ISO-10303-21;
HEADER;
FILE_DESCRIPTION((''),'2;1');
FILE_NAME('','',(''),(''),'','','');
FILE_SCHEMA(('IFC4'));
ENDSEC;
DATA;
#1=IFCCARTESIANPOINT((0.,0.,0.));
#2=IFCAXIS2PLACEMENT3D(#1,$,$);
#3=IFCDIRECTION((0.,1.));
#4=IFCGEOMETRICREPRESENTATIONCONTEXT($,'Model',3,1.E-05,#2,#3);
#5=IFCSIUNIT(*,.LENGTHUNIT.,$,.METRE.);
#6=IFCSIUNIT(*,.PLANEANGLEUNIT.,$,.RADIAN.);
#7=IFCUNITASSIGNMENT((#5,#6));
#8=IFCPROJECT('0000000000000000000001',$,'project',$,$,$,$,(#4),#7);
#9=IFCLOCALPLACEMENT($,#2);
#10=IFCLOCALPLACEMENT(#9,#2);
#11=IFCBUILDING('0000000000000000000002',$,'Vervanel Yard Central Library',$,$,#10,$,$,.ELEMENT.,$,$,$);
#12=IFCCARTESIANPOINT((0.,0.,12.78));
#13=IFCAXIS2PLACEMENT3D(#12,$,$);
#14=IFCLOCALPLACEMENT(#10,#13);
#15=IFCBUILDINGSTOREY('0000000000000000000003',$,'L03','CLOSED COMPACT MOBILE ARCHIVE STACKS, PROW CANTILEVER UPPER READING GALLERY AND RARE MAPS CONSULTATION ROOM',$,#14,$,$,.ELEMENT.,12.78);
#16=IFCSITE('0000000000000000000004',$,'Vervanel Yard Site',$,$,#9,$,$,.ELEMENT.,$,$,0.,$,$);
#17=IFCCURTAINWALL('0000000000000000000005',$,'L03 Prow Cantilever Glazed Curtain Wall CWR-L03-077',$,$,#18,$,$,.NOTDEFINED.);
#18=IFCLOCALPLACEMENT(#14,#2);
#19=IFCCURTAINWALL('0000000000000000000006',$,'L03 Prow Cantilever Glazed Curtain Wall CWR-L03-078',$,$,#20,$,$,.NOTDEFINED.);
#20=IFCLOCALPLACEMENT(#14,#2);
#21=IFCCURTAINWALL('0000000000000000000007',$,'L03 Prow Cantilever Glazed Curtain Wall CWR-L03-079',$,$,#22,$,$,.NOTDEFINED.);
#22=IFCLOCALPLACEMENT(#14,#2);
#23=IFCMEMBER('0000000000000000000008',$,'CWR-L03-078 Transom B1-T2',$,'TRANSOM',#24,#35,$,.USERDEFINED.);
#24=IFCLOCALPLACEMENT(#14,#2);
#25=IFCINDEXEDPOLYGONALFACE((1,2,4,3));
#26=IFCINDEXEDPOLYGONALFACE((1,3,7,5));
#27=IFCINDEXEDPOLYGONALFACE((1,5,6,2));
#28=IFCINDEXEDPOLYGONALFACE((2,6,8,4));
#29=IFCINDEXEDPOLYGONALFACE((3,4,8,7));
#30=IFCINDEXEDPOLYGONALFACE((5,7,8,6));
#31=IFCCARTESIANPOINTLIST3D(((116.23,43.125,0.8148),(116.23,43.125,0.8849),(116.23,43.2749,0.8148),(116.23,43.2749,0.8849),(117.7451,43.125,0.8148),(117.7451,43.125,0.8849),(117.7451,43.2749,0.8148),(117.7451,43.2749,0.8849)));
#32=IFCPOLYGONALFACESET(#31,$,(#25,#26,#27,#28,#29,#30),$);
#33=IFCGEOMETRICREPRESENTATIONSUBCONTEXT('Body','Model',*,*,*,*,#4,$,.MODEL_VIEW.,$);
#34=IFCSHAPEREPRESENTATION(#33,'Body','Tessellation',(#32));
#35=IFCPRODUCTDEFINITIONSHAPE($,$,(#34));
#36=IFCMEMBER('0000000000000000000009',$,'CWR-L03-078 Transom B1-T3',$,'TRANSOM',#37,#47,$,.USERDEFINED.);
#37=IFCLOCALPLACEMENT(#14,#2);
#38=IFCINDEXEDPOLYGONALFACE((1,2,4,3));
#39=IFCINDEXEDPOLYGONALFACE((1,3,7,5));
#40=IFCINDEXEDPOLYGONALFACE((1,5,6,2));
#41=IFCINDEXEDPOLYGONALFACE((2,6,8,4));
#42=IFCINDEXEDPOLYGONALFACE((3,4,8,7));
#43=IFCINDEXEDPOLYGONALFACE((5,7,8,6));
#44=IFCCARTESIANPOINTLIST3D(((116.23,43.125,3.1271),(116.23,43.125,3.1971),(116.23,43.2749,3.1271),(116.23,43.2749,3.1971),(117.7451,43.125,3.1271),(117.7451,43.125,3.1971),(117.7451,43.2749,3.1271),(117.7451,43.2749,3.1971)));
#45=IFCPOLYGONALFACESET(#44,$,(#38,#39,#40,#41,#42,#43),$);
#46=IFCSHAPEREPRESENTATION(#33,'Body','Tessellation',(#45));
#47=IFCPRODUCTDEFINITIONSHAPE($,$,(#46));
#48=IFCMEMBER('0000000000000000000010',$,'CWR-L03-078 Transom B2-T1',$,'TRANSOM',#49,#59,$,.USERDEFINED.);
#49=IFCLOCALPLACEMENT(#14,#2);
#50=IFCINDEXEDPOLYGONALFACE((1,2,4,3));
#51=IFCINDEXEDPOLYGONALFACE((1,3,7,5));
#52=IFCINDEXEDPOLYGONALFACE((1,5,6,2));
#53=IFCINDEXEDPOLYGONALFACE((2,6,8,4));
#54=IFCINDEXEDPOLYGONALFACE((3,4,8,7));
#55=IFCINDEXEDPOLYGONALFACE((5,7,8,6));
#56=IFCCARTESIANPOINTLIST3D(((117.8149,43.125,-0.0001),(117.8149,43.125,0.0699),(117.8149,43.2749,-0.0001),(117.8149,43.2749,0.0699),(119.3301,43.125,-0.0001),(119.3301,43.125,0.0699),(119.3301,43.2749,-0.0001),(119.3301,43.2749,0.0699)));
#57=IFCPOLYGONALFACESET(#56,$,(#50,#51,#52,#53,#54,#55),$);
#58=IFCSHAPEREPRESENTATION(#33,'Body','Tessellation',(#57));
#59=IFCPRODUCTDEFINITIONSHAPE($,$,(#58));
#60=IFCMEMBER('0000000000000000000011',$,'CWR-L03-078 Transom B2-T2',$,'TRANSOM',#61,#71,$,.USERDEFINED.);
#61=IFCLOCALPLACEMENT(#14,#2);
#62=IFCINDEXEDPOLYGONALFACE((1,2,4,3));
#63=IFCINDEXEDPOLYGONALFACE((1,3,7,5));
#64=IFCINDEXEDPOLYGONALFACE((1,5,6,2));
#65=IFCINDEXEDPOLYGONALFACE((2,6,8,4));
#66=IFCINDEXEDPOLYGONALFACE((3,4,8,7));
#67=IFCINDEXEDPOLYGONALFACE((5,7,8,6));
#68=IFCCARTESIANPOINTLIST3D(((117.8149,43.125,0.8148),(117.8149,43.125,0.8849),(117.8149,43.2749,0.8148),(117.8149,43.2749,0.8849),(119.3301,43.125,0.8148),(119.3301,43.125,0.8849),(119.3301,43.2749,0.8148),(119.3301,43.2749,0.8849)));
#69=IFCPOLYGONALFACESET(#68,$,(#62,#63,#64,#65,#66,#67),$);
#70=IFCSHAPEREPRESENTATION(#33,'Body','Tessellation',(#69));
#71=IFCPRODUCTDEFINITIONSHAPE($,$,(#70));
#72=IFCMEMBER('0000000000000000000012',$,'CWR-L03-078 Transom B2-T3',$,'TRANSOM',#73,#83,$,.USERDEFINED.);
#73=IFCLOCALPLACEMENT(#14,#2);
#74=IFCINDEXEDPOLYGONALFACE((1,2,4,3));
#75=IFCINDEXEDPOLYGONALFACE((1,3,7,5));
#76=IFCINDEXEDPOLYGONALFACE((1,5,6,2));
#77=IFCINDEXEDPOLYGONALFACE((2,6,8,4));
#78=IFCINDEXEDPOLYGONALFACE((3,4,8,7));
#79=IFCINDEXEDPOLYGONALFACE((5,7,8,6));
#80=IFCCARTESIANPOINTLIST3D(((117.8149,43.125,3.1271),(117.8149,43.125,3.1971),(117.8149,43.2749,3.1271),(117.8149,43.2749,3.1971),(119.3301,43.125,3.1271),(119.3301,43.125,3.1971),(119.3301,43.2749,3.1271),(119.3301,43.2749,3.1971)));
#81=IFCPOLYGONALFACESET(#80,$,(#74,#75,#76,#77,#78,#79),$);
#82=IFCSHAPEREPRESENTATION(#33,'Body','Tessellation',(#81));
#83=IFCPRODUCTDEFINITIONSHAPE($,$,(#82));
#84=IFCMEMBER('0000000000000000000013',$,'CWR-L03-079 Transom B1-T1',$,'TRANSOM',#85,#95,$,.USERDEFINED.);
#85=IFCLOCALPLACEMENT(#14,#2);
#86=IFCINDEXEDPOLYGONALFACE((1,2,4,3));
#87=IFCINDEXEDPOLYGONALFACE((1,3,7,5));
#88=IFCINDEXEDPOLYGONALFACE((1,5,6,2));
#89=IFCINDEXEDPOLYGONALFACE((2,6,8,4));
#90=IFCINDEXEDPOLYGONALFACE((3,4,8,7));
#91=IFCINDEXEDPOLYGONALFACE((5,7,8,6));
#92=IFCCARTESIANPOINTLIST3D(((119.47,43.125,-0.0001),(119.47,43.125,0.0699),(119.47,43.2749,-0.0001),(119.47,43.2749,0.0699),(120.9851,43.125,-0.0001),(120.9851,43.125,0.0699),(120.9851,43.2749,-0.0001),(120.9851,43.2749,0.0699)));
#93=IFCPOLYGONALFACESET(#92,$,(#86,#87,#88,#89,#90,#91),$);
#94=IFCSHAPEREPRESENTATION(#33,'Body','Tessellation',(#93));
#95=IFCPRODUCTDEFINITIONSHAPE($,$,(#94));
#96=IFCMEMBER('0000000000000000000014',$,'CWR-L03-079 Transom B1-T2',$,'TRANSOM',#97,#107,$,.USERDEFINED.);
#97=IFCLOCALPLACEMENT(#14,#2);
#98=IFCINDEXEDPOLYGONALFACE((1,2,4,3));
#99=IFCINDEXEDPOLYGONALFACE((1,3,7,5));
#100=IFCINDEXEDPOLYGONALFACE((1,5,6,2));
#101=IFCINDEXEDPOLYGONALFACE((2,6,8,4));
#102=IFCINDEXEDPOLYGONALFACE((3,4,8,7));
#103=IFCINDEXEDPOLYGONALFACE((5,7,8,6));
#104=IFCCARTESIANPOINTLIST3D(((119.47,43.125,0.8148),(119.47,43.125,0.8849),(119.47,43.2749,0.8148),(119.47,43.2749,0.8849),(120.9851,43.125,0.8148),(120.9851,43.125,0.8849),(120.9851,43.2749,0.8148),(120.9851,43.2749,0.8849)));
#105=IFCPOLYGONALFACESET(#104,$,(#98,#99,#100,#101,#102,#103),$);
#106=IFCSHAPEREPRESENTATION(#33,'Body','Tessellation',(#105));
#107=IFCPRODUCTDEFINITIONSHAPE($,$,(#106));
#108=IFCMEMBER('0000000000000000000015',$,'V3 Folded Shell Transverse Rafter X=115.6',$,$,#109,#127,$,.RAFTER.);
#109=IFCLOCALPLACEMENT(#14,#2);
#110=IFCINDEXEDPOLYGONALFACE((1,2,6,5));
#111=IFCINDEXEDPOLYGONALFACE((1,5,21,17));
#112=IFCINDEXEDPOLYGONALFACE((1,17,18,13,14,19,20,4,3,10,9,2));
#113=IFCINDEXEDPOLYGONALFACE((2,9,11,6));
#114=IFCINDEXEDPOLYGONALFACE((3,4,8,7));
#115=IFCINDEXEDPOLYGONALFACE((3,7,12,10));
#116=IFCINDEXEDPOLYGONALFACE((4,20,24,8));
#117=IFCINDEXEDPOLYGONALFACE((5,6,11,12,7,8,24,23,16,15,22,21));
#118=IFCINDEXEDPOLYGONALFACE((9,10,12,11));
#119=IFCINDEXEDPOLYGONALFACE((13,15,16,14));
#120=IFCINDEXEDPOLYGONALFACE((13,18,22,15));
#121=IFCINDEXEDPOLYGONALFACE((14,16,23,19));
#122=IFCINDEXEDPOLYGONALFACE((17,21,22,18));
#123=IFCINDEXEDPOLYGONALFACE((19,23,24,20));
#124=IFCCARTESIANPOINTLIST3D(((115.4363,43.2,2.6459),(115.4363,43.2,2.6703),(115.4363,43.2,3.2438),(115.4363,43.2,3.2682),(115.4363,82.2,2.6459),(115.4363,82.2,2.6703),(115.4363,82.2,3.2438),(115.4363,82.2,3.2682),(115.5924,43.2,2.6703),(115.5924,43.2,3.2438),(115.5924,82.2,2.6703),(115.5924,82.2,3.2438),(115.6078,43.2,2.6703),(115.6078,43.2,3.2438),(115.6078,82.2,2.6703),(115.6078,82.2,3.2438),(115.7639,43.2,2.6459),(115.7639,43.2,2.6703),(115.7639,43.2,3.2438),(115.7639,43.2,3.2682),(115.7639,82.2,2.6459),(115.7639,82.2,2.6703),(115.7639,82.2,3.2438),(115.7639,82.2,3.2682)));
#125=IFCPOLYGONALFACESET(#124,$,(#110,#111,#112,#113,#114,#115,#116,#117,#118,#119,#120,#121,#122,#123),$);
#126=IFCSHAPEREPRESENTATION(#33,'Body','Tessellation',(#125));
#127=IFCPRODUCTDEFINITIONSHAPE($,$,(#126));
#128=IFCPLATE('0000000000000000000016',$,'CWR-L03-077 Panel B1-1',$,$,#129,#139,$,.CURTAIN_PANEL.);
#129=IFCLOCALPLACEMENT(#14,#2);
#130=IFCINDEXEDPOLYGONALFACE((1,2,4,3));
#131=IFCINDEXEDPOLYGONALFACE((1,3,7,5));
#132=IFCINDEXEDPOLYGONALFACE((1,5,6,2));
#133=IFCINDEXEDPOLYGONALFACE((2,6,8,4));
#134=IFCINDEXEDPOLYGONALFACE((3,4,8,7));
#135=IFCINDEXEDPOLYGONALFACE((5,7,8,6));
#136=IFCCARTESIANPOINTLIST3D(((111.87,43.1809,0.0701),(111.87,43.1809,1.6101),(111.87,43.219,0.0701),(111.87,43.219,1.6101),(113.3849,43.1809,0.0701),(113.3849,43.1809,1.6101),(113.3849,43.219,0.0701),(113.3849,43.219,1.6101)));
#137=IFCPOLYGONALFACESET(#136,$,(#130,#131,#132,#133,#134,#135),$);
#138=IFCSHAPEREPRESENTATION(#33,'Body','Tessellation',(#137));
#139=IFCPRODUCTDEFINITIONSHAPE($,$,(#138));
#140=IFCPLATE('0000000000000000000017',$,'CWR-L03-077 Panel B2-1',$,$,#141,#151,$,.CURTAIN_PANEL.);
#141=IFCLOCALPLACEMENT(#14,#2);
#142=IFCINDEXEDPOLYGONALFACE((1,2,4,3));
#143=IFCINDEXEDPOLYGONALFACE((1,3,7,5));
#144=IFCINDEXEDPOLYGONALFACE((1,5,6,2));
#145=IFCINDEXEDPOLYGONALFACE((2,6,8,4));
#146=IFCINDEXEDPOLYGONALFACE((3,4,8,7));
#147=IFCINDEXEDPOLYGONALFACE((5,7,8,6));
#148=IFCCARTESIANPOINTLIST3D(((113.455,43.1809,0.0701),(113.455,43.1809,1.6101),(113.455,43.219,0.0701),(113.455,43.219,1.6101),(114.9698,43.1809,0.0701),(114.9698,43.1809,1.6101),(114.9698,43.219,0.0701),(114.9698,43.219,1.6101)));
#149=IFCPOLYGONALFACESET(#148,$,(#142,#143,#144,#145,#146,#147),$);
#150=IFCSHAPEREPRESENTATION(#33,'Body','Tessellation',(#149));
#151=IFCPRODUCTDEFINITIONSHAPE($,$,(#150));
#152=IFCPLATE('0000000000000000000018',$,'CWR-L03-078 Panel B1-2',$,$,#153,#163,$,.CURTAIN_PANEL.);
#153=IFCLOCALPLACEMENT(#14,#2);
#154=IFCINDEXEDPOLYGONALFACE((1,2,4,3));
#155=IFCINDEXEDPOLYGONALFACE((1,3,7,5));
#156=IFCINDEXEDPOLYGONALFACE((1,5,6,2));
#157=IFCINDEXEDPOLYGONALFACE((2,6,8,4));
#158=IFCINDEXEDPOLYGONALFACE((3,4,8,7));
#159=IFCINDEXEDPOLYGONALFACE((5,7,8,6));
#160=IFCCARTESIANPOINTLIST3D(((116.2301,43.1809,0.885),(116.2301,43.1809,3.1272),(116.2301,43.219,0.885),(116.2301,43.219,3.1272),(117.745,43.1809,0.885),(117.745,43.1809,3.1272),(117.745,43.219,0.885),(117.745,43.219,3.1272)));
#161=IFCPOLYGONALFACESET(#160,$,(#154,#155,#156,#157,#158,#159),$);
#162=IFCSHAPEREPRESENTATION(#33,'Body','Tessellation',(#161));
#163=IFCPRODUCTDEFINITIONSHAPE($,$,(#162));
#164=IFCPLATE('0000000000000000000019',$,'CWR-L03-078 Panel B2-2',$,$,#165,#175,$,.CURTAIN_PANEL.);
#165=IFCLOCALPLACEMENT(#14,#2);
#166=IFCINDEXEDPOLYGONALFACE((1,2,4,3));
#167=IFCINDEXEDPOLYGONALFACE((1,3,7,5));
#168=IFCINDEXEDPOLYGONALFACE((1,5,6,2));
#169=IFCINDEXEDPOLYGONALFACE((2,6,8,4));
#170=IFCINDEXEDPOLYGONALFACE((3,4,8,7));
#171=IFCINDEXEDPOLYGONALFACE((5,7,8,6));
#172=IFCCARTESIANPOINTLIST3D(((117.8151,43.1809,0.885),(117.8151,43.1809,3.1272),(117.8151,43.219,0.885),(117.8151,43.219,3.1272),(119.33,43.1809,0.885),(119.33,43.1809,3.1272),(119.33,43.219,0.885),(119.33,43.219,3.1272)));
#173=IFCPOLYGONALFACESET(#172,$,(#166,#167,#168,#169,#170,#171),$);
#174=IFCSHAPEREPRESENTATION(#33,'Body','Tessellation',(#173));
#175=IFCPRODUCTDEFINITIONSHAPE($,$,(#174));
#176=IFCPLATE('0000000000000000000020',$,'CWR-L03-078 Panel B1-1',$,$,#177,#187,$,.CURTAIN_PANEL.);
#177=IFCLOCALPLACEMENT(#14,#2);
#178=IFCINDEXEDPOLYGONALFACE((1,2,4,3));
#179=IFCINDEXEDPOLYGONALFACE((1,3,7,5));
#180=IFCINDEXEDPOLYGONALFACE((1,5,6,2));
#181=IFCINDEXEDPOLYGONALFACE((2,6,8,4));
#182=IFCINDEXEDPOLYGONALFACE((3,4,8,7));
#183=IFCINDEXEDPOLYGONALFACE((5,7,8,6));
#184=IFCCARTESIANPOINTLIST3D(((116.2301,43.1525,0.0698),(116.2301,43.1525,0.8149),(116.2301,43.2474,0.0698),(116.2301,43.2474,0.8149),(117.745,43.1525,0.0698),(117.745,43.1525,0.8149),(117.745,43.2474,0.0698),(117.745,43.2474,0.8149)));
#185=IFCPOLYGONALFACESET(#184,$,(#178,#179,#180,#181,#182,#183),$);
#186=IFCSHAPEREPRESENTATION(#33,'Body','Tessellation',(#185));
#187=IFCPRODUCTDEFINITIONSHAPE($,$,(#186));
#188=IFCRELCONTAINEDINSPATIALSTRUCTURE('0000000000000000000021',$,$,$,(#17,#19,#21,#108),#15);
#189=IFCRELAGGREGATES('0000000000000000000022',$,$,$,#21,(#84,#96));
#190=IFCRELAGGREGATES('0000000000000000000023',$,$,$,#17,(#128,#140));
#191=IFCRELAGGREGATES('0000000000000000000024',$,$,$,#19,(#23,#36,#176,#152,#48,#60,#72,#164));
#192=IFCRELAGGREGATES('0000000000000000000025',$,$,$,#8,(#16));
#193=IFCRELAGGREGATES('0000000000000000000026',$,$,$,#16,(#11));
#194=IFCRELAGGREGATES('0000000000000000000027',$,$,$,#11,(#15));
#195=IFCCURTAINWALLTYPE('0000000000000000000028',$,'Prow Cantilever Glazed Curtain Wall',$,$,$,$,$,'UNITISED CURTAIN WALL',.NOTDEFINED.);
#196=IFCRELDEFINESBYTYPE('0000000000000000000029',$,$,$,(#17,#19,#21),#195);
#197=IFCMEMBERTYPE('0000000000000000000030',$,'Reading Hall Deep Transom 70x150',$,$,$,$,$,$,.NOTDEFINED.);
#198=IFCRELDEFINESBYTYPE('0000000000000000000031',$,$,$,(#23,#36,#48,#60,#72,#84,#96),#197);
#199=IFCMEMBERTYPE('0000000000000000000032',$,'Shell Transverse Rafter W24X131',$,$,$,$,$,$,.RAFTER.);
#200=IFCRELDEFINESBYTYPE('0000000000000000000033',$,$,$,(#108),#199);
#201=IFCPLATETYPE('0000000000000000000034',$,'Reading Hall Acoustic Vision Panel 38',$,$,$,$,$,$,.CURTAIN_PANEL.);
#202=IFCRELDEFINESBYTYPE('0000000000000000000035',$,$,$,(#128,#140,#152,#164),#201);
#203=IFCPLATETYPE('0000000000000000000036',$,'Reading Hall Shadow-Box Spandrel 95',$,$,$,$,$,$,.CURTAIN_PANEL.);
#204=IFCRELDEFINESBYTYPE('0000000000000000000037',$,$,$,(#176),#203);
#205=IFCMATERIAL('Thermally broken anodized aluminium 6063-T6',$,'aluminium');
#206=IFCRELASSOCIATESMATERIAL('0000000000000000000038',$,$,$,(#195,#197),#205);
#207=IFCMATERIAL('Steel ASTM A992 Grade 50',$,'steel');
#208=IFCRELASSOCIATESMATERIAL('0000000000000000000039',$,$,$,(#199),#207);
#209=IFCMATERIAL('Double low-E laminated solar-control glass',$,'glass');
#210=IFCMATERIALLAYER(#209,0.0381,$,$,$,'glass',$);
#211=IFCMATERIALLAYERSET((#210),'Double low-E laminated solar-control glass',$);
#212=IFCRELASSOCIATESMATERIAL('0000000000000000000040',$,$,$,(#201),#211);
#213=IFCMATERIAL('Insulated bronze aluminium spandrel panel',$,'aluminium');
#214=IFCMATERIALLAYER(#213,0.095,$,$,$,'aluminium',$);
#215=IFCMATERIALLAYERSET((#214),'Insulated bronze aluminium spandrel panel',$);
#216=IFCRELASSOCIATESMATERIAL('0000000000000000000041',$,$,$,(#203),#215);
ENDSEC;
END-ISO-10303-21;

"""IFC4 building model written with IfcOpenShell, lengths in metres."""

from ifc_helpers import new_model, si_unit, direction, frame, origin, origin_2d, place, context, subcontext, project, spatial, rectangle, i_section, extrude, material, layer, layer_set, material_profile, profile_set, type_object, element, aggregate, save


model = new_model("IFC4")

# Units and contexts
model_context = context("Model", 3, precision=1e-05, world=origin(), true_north=direction((0.0, 1.0)))
body_context = subcontext(model_context, "Body", "Model", "MODEL_VIEW")
ifc_project = project(units=[si_unit("LENGTHUNIT", "METRE"), si_unit("PLANEANGLEUNIT", "RADIAN")], contexts=[model_context])

# Site, building, storey
site_placement = place(None, origin())
site = spatial("IfcSite", under=ifc_project, at=site_placement, Name="Vervanel Yard Site", CompositionType="ELEMENT", RefElevation=0.0)
building_placement = place(site_placement, origin())
building = spatial("IfcBuilding", under=site, at=building_placement, Name="Vervanel Yard Central Library", CompositionType="ELEMENT")
storey_placement = place(building_placement, frame((0.0, 0.0, 12.78)))
storey = spatial("IfcBuildingStorey", under=building, at=storey_placement, Name="L03", Description="CLOSED COMPACT MOBILE ARCHIVE STACKS, PROW CANTILEVER UPPER READING GALLERY AND RARE MAPS CONSULTATION ROOM", CompositionType="ELEMENT", Elevation=12.78)

# Shared definitions
ifc_material_1 = material(Name="Steel ASTM A992 Grade 50", Category="steel")

# Curtain walls
ifc_material_2 = material(Name="Thermally broken anodized aluminium 6063-T6", Category="aluminium")
curtain_wall_type = type_object("IfcCurtainWallType", Name="Prow Cantilever Glazed Curtain Wall", ElementType="UNITISED CURTAIN WALL", PredefinedType="NOTDEFINED", material=ifc_material_2)
curtain_wall_1_placement = place(storey_placement, origin())
curtain_wall_1 = element("IfcCurtainWall", 1, at=curtain_wall_1_placement, inside=storey, type_object=curtain_wall_type, Name="L03 Prow Cantilever Glazed Curtain Wall CWR-L03-077", PredefinedType="NOTDEFINED")
curtain_wall_2_placement = place(storey_placement, origin())
curtain_wall_2 = element("IfcCurtainWall", 2, at=curtain_wall_2_placement, inside=storey, type_object=curtain_wall_type, Name="L03 Prow Cantilever Glazed Curtain Wall CWR-L03-078", PredefinedType="NOTDEFINED")

# Curtain wall
curtain_wall_3_placement = place(storey_placement, origin())
curtain_wall_3 = element("IfcCurtainWall", 3, at=curtain_wall_3_placement, inside=storey, type_object=curtain_wall_type, Name="L03 Prow Cantilever Glazed Curtain Wall CWR-L03-079", PredefinedType="NOTDEFINED")

# Members
ifc_material_profile_1 = material_profile(ifc_material_2, rectangle(XDim=0.0701, YDim=0.1499, at=origin_2d()), Name="ALU 70x150", Category="aluminium")
ifc_profile_set_1 = profile_set([ifc_material_profile_1], Name="Thermally broken anodized aluminium 6063-T6")
member_type_1 = type_object("IfcMemberType", Name="Reading Hall Deep Transom 70x150", PredefinedType="NOTDEFINED", material=ifc_profile_set_1)
member_1_placement = place(storey_placement, frame((116.23, 43.2, 0.8499), z_axis=(1.0, 0.0, 0.0), x_axis=(0.0, 0.0, 1.0)))
member_1 = element("IfcMember", 4, at=member_1_placement, type_object=member_type_1, Name="CWR-L03-078 Transom B1-T2", ObjectType="TRANSOM", PredefinedType="USERDEFINED", context=body_context, shape_type="SweptSolid", body=[
    extrude(rectangle(XDim=0.0701, YDim=0.1499, at=origin_2d()), origin(), (0.0, 0.0, 1.0), 1.5151),
])
member_2_placement = place(storey_placement, frame((116.23, 43.2, 3.1621), z_axis=(1.0, 0.0, 0.0), x_axis=(0.0, 0.0, 1.0)))
member_2 = element("IfcMember", 5, at=member_2_placement, type_object=member_type_1, Name="CWR-L03-078 Transom B1-T3", ObjectType="TRANSOM", PredefinedType="USERDEFINED", context=body_context, shape_type="SweptSolid", body=[
    extrude(rectangle(XDim=0.0701, YDim=0.1499, at=origin_2d()), origin(), (0.0, 0.0, 1.0), 1.5151),
])
member_3_placement = place(storey_placement, frame((117.8149, 43.2, 0.0349), z_axis=(1.0, 0.0, 0.0), x_axis=(0.0, 0.0, 1.0)))
member_3 = element("IfcMember", 6, at=member_3_placement, type_object=member_type_1, Name="CWR-L03-078 Transom B2-T1", ObjectType="TRANSOM", PredefinedType="USERDEFINED", context=body_context, shape_type="SweptSolid", body=[
    extrude(rectangle(XDim=0.0701, YDim=0.1499, at=origin_2d()), origin(), (0.0, 0.0, 1.0), 1.5151),
])
member_4_placement = place(storey_placement, frame((117.8149, 43.2, 0.8499), z_axis=(1.0, 0.0, 0.0), x_axis=(0.0, 0.0, 1.0)))
member_4 = element("IfcMember", 7, at=member_4_placement, type_object=member_type_1, Name="CWR-L03-078 Transom B2-T2", ObjectType="TRANSOM", PredefinedType="USERDEFINED", context=body_context, shape_type="SweptSolid", body=[
    extrude(rectangle(XDim=0.0701, YDim=0.1499, at=origin_2d()), origin(), (0.0, 0.0, 1.0), 1.5151),
])
member_5_placement = place(storey_placement, frame((117.8149, 43.2, 3.1621), z_axis=(1.0, 0.0, 0.0), x_axis=(0.0, 0.0, 1.0)))
member_5 = element("IfcMember", 8, at=member_5_placement, type_object=member_type_1, Name="CWR-L03-078 Transom B2-T3", ObjectType="TRANSOM", PredefinedType="USERDEFINED", context=body_context, shape_type="SweptSolid", body=[
    extrude(rectangle(XDim=0.0701, YDim=0.1499, at=origin_2d()), origin(), (0.0, 0.0, 1.0), 1.5151),
])
member_6_placement = place(storey_placement, frame((119.47, 43.2, 0.0349), z_axis=(1.0, 0.0, 0.0), x_axis=(0.0, 0.0, 1.0)))
member_6 = element("IfcMember", 9, at=member_6_placement, type_object=member_type_1, Name="CWR-L03-079 Transom B1-T1", ObjectType="TRANSOM", PredefinedType="USERDEFINED", context=body_context, shape_type="SweptSolid", body=[
    extrude(rectangle(XDim=0.0701, YDim=0.1499, at=origin_2d()), origin(), (0.0, 0.0, 1.0), 1.5151),
])
member_7_placement = place(storey_placement, frame((119.47, 43.2, 0.8499), z_axis=(1.0, 0.0, 0.0), x_axis=(0.0, 0.0, 1.0)))
member_7 = element("IfcMember", 10, at=member_7_placement, type_object=member_type_1, Name="CWR-L03-079 Transom B1-T2", ObjectType="TRANSOM", PredefinedType="USERDEFINED", context=body_context, shape_type="SweptSolid", body=[
    extrude(rectangle(XDim=0.0701, YDim=0.1499, at=origin_2d()), origin(), (0.0, 0.0, 1.0), 1.5151),
])
aggregate(curtain_wall_3, [member_6, member_7])
ifc_material_profile_2 = material_profile(ifc_material_1, i_section(OverallWidth=0.3276, OverallDepth=0.6223, WebThickness=0.0154, FlangeThickness=0.0244, at=origin_2d()), Name="W24X131", Category="steel")
ifc_profile_set_2 = profile_set([ifc_material_profile_2], Name="Steel ASTM A992 Grade 50")
member_type_2 = type_object("IfcMemberType", Name="Shell Transverse Rafter W24X131", PredefinedType="RAFTER", material=ifc_profile_set_2)
member_8_placement = place(storey_placement, frame((115.6001, 43.2, 2.957), z_axis=(0.0, 1.0, 0.0), x_axis=(-1.0, 0.0, 0.0)))
element("IfcMember", 11, at=member_8_placement, inside=storey, type_object=member_type_2, Name="V3 Folded Shell Transverse Rafter X=115.6", PredefinedType="RAFTER", context=body_context, shape_type="SweptSolid", body=[
    extrude(i_section(OverallWidth=0.3276, OverallDepth=0.6223, WebThickness=0.0154, FlangeThickness=0.0244, at=origin_2d()), origin(), (0.0, 0.0, 1.0), 39.0),
])

# Plates
ifc_material_3 = material(Name="Double low-E laminated solar-control glass", Category="glass")
ifc_layer_1 = layer(ifc_material_3, 0.0381, Category="glass")
ifc_layer_set_1 = layer_set([ifc_layer_1], Name="Double low-E laminated solar-control glass")
plate_type_1 = type_object("IfcPlateType", Name="Reading Hall Acoustic Vision Panel 38", PredefinedType="CURTAIN_PANEL", material=ifc_layer_set_1)
plate_1_placement = place(storey_placement, frame((112.6274, 43.2, 0.0701), z_axis=(0.0, 0.0, 1.0), x_axis=(1.0, 0.0, 0.0)))
plate_1 = element("IfcPlate", 12, at=plate_1_placement, type_object=plate_type_1, Name="CWR-L03-077 Panel B1-1", PredefinedType="CURTAIN_PANEL", context=body_context, shape_type="SweptSolid", body=[
    extrude(rectangle(XDim=1.5149, YDim=0.0381, at=origin_2d()), origin(), (0.0, 0.0, 1.0), 1.54),
])
plate_2_placement = place(storey_placement, frame((114.2124, 43.2, 0.0701), z_axis=(0.0, 0.0, 1.0), x_axis=(1.0, 0.0, 0.0)))
plate_2 = element("IfcPlate", 13, at=plate_2_placement, type_object=plate_type_1, Name="CWR-L03-077 Panel B2-1", PredefinedType="CURTAIN_PANEL", context=body_context, shape_type="SweptSolid", body=[
    extrude(rectangle(XDim=1.5149, YDim=0.0381, at=origin_2d()), origin(), (0.0, 0.0, 1.0), 1.54),
])
aggregate(curtain_wall_1, [plate_1, plate_2])
plate_3_placement = place(storey_placement, frame((116.9875, 43.2, 0.885), z_axis=(0.0, 0.0, 1.0), x_axis=(1.0, 0.0, 0.0)))
plate_3 = element("IfcPlate", 14, at=plate_3_placement, type_object=plate_type_1, Name="CWR-L03-078 Panel B1-2", PredefinedType="CURTAIN_PANEL", context=body_context, shape_type="SweptSolid", body=[
    extrude(rectangle(XDim=1.5149, YDim=0.0381, at=origin_2d()), origin(), (0.0, 0.0, 1.0), 2.2422),
])
plate_4_placement = place(storey_placement, frame((118.5725, 43.2, 0.885), z_axis=(0.0, 0.0, 1.0), x_axis=(1.0, 0.0, 0.0)))
plate_4 = element("IfcPlate", 15, at=plate_4_placement, type_object=plate_type_1, Name="CWR-L03-078 Panel B2-2", PredefinedType="CURTAIN_PANEL", context=body_context, shape_type="SweptSolid", body=[
    extrude(rectangle(XDim=1.5149, YDim=0.0381, at=origin_2d()), origin(), (0.0, 0.0, 1.0), 2.2422),
])
ifc_material_4 = material(Name="Insulated bronze aluminium spandrel panel", Category="aluminium")
ifc_layer_2 = layer(ifc_material_4, 0.095, Category="aluminium")
ifc_layer_set_2 = layer_set([ifc_layer_2], Name="Insulated bronze aluminium spandrel panel")
plate_type_2 = type_object("IfcPlateType", Name="Reading Hall Shadow-Box Spandrel 95", PredefinedType="CURTAIN_PANEL", material=ifc_layer_set_2)
plate_5_placement = place(storey_placement, frame((116.9875, 43.2, 0.0698), z_axis=(0.0, 0.0, 1.0), x_axis=(1.0, 0.0, 0.0)))
plate_5 = element("IfcPlate", 16, at=plate_5_placement, type_object=plate_type_2, Name="CWR-L03-078 Panel B1-1", PredefinedType="CURTAIN_PANEL", context=body_context, shape_type="SweptSolid", body=[
    extrude(rectangle(XDim=1.5149, YDim=0.095, at=origin_2d()), origin(), (0.0, 0.0, 1.0), 0.7451),
])
aggregate(curtain_wall_2, [member_1, member_2, plate_5, plate_3, member_3, member_4, member_5, plate_4])

save(model, "model.ifc")
